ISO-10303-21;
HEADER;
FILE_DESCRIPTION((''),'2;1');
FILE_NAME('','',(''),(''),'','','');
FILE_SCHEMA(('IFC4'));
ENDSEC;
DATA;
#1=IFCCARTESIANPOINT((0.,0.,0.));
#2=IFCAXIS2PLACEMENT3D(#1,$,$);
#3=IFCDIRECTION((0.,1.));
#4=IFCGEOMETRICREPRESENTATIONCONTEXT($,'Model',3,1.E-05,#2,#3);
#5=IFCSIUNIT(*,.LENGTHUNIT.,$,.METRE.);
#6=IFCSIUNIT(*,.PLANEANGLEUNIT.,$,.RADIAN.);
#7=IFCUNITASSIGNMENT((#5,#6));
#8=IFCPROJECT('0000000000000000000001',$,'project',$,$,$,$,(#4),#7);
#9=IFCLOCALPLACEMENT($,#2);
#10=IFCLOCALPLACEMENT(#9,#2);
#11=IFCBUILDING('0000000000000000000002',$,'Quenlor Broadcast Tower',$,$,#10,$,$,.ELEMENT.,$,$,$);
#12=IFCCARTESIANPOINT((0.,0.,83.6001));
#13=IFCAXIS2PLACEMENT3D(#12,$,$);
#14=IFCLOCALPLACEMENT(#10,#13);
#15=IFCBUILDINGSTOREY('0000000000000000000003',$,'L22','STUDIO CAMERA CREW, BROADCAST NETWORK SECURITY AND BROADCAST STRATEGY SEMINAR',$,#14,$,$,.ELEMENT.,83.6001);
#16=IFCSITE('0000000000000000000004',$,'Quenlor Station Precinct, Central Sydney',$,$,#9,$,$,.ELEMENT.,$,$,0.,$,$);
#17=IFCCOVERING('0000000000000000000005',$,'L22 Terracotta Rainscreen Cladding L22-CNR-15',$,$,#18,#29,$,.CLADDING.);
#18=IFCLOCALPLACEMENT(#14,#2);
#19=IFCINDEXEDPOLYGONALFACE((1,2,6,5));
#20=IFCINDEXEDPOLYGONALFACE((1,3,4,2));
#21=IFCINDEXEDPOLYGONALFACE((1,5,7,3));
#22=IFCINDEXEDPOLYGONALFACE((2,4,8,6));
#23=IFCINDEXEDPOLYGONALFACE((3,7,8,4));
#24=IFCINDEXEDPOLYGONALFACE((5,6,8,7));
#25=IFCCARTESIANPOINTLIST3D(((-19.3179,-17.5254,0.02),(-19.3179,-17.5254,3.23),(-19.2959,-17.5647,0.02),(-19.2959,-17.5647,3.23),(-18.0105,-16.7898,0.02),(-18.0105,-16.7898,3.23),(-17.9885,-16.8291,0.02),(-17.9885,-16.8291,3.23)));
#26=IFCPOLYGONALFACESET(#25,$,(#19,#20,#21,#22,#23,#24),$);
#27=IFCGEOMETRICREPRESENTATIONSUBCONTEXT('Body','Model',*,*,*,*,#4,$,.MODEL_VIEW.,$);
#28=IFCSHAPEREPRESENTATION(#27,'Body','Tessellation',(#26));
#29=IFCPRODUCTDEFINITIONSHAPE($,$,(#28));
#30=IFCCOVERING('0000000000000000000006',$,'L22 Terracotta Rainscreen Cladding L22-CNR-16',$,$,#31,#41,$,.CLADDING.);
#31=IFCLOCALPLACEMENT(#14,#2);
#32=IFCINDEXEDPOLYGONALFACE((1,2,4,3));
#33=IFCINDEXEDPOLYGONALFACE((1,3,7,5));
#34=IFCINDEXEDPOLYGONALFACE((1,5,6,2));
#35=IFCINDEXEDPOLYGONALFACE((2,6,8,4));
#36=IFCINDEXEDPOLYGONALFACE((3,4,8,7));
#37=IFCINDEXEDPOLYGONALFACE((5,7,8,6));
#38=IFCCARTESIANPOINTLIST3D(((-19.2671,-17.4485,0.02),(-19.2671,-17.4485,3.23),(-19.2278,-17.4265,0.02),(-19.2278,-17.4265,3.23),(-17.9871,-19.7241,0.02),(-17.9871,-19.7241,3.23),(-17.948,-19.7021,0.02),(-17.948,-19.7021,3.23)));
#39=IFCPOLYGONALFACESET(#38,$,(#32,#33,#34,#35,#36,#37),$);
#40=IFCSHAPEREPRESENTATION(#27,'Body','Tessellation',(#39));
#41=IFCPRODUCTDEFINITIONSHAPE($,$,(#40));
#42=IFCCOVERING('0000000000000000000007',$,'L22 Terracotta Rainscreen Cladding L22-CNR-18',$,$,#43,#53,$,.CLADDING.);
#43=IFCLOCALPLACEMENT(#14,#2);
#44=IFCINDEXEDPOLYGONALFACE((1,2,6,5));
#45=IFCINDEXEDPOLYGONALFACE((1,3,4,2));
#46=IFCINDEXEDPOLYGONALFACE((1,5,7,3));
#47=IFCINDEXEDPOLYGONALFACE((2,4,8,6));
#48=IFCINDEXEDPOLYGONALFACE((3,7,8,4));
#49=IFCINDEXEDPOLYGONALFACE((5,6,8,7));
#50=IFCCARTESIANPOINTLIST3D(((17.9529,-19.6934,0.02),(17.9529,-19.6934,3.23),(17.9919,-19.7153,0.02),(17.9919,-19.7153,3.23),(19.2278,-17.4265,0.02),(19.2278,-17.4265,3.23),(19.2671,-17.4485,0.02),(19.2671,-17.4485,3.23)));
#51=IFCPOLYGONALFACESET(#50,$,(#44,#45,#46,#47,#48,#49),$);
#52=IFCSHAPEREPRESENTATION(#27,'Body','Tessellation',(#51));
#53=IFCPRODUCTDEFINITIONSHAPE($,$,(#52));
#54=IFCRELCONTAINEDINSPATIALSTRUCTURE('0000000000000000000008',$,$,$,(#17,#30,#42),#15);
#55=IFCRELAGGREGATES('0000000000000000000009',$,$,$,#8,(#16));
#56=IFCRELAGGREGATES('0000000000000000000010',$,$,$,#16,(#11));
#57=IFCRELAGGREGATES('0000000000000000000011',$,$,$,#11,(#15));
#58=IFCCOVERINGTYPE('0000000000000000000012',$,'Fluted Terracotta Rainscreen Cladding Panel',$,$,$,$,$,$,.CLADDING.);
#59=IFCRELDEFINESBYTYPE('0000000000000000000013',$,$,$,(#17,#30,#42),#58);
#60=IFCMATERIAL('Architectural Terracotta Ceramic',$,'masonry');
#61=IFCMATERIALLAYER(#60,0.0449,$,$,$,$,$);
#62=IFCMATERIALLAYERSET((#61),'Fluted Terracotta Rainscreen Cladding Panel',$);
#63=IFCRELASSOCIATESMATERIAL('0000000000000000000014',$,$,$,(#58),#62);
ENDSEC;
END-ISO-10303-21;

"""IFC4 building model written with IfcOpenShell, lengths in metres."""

from ifc_helpers import new_model, si_unit, direction, frame, origin, place, context, subcontext, project, spatial, polyline, outline, extrude, material, layer, layer_set, type_object, element, save


model = new_model("IFC4")

# Units and contexts
model_context = context("Model", 3, precision=1e-05, world=origin(), true_north=direction((0.0, 1.0)))
body_context = subcontext(model_context, "Body", "Model", "MODEL_VIEW")
ifc_project = project(units=[si_unit("LENGTHUNIT", "METRE"), si_unit("PLANEANGLEUNIT", "RADIAN")], contexts=[model_context])

# Site, building, storey
site_placement = place(None, origin())
site = spatial("IfcSite", under=ifc_project, at=site_placement, Name="Quenlor Station Precinct, Central Sydney", CompositionType="ELEMENT", RefElevation=0.0)
building_placement = place(site_placement, origin())
building = spatial("IfcBuilding", under=site, at=building_placement, Name="Quenlor Broadcast Tower", CompositionType="ELEMENT")
storey_placement = place(building_placement, frame((0.0, 0.0, 83.6001)))
storey = spatial("IfcBuildingStorey", under=building, at=storey_placement, Name="L22", Description="STUDIO CAMERA CREW, BROADCAST NETWORK SECURITY AND BROADCAST STRATEGY SEMINAR", CompositionType="ELEMENT", Elevation=83.6001)

# Coverings
ifc_material_1 = material(Name="Architectural Terracotta Ceramic", Category="masonry")
ifc_layer_1 = layer(ifc_material_1, 0.0449)
ifc_layer_set_1 = layer_set([ifc_layer_1], Name="Fluted Terracotta Rainscreen Cladding Panel")
covering_type_1 = type_object("IfcCoveringType", Name="Fluted Terracotta Rainscreen Cladding Panel", PredefinedType="CLADDING", material=ifc_layer_set_1)
covering_1_placement = place(storey_placement, frame((0.0, 0.0, 0.02)))
element("IfcCovering", 1, at=covering_1_placement, inside=storey, type_object=covering_type_1, Name="L22 Terracotta Rainscreen Cladding L22-CNR-15", PredefinedType="CLADDING", context=body_context, shape_type="SweptSolid", body=[
    extrude(outline(polyline([(-18.0105, -16.7898), (-19.3179, -17.5254), (-19.2959, -17.5647), (-17.9885, -16.8291), (-18.0105, -16.7898)])), origin(), (0.0, 0.0, 1.0), 3.21),
])
covering_2_placement = place(storey_placement, frame((0.0, 0.0, 0.02)))
element("IfcCovering", 2, at=covering_2_placement, inside=storey, type_object=covering_type_1, Name="L22 Terracotta Rainscreen Cladding L22-CNR-16", PredefinedType="CLADDING", context=body_context, shape_type="SweptSolid", body=[
    extrude(outline(polyline([(-19.2671, -17.4485), (-17.9871, -19.7241), (-17.948, -19.7021), (-19.2278, -17.4265), (-19.2671, -17.4485)])), origin(), (0.0, 0.0, 1.0), 3.21),
])
covering_3_placement = place(storey_placement, frame((0.0, 0.0, 0.02)))
element("IfcCovering", 3, at=covering_3_placement, inside=storey, type_object=covering_type_1, Name="L22 Terracotta Rainscreen Cladding L22-CNR-18", PredefinedType="CLADDING", context=body_context, shape_type="SweptSolid", body=[
    extrude(outline(polyline([(17.9919, -19.7153), (19.2671, -17.4485), (19.2278, -17.4265), (17.9529, -19.6934), (17.9919, -19.7153)])), origin(), (0.0, 0.0, 1.0), 3.21),
])

save(model, "model.ifc")
